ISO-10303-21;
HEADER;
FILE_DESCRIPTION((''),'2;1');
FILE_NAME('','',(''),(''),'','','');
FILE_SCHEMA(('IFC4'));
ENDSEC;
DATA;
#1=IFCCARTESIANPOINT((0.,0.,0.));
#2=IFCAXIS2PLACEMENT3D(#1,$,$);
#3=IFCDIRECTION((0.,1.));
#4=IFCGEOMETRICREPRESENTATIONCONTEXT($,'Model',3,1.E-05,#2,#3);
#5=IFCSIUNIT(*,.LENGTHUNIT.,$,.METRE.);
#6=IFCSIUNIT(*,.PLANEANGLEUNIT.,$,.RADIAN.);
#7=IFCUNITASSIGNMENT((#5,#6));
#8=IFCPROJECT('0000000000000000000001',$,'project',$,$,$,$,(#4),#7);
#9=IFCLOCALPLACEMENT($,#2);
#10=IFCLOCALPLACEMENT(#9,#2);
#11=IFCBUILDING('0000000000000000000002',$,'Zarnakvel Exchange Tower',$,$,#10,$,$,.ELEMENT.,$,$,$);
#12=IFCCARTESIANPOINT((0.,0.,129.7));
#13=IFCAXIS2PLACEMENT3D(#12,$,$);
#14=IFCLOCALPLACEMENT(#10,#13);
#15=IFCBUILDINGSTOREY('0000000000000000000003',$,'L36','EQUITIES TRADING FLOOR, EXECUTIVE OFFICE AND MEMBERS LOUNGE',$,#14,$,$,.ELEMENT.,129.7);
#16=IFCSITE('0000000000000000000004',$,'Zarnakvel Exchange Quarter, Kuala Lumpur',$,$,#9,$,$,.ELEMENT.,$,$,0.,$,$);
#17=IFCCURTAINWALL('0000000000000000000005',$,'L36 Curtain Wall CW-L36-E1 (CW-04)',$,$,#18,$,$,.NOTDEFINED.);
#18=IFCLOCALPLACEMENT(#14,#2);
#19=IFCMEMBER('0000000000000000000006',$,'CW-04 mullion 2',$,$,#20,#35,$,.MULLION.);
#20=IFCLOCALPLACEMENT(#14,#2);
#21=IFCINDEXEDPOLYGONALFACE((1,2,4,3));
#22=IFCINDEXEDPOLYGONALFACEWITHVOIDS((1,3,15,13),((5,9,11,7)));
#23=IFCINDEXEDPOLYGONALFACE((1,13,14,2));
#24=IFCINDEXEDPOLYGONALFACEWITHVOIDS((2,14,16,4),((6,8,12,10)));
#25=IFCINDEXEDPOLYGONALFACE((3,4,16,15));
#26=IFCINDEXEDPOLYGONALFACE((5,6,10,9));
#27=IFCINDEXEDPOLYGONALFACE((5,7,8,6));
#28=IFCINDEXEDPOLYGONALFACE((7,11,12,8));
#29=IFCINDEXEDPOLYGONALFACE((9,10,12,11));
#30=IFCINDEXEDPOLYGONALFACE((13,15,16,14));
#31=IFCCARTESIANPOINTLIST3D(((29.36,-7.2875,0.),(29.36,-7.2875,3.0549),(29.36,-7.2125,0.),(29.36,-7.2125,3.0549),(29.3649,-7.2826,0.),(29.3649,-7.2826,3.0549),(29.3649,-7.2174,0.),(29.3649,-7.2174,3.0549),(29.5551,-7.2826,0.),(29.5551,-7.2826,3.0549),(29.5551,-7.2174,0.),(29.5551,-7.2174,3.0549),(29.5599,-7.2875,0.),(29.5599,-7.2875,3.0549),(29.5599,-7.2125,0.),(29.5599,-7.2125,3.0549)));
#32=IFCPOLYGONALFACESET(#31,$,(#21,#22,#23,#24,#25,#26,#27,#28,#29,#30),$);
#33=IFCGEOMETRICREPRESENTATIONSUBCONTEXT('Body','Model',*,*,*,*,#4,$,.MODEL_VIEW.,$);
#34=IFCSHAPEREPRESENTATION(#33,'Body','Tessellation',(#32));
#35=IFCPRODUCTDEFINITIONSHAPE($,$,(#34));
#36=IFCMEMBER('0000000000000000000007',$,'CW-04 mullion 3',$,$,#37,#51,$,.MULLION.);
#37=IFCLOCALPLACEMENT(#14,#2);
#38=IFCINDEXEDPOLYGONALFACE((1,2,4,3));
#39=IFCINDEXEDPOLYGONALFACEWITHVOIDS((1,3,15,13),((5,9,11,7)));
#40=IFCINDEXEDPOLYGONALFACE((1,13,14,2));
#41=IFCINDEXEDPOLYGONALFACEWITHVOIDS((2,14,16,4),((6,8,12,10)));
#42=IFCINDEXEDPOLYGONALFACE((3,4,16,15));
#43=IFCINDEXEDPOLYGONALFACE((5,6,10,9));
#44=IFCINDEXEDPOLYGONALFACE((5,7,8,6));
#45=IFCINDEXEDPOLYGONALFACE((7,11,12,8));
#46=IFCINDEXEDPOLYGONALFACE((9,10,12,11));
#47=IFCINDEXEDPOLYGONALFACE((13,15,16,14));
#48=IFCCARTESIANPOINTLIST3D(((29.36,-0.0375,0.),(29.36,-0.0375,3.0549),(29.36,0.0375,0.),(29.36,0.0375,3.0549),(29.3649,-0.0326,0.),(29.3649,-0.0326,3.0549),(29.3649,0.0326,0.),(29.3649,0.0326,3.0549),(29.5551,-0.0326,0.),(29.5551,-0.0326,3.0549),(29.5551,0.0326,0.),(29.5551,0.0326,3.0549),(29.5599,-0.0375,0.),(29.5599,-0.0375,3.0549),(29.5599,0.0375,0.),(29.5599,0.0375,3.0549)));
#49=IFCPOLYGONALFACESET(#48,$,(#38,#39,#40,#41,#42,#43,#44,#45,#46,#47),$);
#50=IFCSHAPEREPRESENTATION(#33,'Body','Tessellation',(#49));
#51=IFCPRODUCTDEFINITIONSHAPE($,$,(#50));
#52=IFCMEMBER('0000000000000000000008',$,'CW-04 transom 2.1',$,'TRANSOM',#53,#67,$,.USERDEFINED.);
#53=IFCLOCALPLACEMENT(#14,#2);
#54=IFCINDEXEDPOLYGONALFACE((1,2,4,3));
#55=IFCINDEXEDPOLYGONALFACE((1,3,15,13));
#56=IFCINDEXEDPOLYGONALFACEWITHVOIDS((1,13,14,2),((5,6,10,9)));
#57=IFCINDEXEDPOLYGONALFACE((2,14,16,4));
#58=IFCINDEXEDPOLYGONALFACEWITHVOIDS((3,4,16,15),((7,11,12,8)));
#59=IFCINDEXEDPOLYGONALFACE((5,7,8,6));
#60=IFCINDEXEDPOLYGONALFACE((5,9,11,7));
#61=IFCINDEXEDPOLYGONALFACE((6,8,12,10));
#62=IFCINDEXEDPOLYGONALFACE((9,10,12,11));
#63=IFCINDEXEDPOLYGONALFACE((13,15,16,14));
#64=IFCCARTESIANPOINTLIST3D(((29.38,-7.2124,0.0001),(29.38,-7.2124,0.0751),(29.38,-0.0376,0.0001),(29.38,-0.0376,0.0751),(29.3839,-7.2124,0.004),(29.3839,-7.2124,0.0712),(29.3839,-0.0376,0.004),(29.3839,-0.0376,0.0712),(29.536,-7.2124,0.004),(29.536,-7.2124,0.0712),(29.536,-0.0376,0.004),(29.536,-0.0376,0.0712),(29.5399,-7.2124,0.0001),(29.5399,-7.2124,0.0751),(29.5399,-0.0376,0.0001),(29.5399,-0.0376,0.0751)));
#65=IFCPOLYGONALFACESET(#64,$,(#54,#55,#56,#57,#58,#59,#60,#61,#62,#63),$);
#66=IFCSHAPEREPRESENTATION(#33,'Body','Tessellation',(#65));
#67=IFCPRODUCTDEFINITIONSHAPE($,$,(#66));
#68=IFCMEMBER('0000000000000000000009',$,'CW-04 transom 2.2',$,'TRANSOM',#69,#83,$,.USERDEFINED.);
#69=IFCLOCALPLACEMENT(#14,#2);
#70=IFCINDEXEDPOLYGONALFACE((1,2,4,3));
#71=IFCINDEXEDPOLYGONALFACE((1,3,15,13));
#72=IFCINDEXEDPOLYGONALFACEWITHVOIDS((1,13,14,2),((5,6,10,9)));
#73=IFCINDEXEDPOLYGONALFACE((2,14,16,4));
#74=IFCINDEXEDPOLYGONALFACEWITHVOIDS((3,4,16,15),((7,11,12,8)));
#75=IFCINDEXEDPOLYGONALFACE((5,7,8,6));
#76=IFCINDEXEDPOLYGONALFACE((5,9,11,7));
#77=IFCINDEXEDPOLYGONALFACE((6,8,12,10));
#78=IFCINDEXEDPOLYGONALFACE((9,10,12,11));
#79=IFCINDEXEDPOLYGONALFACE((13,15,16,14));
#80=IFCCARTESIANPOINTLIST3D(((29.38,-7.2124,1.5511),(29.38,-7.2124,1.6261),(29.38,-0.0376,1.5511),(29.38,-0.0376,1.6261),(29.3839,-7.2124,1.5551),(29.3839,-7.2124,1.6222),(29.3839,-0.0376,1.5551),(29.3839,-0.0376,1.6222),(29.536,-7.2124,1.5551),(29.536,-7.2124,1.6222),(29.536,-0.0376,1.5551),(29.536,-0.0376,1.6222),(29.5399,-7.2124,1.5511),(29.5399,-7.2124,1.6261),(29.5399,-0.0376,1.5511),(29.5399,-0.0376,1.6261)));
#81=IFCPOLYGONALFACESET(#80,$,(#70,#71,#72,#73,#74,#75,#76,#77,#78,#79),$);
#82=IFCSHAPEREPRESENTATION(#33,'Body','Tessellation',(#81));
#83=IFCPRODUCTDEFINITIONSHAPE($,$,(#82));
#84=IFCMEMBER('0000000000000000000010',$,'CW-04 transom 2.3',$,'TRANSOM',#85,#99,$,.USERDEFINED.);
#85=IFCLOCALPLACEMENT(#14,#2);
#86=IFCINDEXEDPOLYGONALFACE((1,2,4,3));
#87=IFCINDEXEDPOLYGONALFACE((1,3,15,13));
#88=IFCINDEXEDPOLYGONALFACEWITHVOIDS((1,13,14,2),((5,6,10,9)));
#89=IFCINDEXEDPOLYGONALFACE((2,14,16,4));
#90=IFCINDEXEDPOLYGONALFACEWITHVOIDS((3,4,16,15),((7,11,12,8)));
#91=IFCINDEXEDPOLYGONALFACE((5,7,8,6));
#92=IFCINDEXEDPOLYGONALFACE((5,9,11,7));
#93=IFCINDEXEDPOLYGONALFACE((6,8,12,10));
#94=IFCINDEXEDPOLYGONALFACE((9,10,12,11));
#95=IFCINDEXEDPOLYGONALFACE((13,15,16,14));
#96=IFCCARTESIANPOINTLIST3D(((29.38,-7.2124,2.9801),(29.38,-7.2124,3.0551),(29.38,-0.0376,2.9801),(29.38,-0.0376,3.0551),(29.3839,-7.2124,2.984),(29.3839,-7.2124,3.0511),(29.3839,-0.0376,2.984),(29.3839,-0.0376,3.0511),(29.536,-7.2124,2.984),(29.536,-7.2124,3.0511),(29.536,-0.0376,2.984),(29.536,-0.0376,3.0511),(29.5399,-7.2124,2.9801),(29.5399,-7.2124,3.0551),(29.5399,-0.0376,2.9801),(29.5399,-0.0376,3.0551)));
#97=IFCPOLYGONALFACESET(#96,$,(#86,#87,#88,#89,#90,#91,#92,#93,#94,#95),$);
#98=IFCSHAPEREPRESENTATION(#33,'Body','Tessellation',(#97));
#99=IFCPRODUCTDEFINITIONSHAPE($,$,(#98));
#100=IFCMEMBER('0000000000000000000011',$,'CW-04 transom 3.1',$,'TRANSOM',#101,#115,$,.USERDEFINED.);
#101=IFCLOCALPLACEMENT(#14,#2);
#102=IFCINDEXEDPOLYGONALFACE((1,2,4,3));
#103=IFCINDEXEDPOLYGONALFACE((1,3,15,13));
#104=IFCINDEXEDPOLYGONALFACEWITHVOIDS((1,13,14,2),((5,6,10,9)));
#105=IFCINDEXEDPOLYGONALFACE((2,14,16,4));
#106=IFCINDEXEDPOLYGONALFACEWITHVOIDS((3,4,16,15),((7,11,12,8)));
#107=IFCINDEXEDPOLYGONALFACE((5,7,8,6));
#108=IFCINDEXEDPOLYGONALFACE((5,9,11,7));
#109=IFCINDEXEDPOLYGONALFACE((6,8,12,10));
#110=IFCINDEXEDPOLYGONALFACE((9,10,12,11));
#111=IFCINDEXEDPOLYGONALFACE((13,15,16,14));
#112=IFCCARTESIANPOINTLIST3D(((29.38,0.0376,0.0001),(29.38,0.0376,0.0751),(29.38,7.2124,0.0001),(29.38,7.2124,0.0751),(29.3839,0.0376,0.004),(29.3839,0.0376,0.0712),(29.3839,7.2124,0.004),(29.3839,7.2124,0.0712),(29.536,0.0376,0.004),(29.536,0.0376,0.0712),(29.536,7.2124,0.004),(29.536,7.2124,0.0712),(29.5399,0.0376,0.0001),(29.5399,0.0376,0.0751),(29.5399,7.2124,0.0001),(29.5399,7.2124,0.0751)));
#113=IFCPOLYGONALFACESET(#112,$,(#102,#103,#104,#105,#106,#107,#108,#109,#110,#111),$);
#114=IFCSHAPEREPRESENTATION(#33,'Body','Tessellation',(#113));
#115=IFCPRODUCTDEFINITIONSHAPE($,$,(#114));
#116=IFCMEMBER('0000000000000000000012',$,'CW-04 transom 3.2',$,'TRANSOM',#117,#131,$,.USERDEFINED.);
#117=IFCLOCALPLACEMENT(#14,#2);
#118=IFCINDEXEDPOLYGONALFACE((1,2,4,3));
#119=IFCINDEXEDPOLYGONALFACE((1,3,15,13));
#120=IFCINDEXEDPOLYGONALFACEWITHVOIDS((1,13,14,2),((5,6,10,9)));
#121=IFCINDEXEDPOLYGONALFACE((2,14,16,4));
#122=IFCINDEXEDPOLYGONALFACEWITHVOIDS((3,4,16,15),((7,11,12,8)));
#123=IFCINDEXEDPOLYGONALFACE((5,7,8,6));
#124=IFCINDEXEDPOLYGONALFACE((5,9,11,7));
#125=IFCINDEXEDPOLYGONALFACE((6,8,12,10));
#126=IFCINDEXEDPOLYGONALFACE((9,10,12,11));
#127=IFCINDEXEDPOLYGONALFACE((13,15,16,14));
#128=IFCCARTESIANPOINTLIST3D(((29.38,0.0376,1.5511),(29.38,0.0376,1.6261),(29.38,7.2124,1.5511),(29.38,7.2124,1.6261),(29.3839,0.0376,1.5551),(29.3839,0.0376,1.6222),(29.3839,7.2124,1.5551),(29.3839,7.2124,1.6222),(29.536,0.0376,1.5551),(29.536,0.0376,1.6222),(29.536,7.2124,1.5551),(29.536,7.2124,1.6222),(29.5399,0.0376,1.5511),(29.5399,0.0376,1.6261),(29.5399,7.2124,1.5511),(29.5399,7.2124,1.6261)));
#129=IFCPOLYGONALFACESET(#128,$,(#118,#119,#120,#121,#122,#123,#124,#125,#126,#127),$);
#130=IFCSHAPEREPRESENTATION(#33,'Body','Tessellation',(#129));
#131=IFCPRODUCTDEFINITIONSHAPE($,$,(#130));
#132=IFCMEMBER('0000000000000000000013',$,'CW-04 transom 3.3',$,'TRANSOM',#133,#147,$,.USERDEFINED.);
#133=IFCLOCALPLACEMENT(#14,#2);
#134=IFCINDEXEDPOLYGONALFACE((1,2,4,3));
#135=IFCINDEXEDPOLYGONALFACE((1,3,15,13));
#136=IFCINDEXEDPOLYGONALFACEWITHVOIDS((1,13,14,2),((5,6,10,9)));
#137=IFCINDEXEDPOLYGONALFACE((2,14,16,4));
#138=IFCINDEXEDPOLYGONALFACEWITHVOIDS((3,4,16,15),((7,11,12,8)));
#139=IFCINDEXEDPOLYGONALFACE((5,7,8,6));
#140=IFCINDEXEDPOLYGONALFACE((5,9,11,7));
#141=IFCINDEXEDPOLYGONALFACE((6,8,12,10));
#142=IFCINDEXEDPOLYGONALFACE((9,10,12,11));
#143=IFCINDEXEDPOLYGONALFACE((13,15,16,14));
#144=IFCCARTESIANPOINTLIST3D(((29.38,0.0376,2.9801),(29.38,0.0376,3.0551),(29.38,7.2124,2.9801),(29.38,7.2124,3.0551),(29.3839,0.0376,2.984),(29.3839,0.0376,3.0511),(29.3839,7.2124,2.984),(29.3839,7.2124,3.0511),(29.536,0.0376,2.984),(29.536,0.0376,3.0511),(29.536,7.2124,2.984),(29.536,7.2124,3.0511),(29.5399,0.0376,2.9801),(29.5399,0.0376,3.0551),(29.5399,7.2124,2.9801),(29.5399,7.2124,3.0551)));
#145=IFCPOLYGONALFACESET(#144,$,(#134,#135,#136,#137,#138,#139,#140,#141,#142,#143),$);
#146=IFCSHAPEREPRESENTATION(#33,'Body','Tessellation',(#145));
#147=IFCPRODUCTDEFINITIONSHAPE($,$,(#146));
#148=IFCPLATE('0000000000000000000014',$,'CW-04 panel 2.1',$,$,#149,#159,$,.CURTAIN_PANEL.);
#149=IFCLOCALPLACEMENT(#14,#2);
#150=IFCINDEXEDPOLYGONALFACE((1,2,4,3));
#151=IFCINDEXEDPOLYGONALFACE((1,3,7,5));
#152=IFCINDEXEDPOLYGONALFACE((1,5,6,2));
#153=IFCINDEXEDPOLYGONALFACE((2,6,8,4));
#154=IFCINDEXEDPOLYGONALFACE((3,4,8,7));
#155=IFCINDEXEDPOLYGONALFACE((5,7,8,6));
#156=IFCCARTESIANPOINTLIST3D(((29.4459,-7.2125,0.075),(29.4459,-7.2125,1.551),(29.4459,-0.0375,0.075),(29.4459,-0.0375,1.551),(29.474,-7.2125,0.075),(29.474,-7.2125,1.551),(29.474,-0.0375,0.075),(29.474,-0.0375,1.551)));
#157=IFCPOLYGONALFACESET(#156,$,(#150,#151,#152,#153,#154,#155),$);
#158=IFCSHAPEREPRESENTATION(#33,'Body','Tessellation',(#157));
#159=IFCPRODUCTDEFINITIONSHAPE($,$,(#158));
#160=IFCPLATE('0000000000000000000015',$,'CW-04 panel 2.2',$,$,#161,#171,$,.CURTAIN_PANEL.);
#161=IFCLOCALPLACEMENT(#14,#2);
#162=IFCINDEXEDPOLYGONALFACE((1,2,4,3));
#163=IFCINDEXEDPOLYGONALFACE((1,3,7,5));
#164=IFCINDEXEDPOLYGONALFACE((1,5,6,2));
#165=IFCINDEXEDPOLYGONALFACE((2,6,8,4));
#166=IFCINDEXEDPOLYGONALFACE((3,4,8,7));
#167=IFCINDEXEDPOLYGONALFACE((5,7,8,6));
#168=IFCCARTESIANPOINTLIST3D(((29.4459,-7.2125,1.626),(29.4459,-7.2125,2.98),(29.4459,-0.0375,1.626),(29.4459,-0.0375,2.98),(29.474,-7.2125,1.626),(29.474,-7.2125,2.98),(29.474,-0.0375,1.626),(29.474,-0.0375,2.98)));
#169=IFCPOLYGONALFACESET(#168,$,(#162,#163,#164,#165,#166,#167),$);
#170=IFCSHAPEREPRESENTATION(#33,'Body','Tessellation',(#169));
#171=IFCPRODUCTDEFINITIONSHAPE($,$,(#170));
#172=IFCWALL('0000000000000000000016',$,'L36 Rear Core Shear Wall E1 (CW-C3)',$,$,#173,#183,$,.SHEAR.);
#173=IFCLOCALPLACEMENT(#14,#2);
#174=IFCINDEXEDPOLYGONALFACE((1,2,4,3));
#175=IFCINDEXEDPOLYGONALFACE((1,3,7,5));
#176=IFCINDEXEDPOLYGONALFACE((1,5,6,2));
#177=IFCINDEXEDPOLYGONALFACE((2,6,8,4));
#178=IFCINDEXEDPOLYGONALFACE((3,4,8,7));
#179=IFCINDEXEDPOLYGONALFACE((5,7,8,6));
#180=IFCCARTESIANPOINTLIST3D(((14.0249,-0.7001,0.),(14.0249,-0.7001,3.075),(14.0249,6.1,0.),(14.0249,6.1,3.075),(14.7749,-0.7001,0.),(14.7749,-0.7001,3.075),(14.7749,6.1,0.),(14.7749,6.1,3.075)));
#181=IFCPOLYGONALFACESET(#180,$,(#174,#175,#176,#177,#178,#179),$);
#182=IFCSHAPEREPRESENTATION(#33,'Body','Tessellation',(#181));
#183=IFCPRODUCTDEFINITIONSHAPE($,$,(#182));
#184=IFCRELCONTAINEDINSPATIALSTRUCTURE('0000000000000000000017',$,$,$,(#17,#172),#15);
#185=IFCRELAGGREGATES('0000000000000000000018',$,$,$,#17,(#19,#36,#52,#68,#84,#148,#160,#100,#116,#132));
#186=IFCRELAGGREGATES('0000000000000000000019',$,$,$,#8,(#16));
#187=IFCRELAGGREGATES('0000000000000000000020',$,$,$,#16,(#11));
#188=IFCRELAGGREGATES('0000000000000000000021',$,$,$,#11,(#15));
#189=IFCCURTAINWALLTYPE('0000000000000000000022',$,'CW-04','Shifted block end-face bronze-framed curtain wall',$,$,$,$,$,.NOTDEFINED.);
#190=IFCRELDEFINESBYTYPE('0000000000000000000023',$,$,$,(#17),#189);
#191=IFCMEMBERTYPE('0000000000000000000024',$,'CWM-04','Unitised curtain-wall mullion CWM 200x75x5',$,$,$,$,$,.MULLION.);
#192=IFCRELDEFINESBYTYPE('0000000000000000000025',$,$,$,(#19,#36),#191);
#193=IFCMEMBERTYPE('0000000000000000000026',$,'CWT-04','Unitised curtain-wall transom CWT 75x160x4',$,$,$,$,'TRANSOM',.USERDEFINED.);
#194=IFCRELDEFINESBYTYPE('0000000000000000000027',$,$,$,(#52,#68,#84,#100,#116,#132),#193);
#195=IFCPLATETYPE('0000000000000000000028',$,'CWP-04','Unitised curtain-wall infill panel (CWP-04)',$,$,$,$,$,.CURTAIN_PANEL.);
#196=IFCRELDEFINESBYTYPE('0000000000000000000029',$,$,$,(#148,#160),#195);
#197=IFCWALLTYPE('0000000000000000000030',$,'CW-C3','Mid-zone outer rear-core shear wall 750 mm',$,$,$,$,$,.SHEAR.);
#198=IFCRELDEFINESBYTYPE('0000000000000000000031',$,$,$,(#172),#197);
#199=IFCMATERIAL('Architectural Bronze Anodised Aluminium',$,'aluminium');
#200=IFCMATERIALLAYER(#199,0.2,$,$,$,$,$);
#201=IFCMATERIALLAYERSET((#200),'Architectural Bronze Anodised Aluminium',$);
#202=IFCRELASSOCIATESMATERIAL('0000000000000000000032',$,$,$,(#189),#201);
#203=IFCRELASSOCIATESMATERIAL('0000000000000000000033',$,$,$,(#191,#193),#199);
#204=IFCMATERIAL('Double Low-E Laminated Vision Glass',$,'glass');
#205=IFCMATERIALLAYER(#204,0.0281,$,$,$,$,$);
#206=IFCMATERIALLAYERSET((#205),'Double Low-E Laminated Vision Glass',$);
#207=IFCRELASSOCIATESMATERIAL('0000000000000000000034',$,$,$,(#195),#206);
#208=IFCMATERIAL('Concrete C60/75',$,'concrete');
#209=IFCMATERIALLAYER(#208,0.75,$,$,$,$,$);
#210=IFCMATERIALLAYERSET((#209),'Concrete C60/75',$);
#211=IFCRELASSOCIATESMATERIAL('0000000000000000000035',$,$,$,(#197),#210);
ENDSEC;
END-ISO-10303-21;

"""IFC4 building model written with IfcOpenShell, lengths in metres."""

from ifc_helpers import new_model, si_unit, direction, frame, frame_2d, origin, origin_2d, place, context, subcontext, project, spatial, rectangle, hollow_rectangle, extrude, source, transform, mapped, material, layer, layer_set, material_profile, profile_set, type_object, element, aggregate, save


model = new_model("IFC4")

# Units and contexts
model_context = context("Model", 3, precision=1e-05, world=origin(), true_north=direction((0.0, 1.0)))
body_context = subcontext(model_context, "Body", "Model", "MODEL_VIEW")
ifc_project = project(units=[si_unit("LENGTHUNIT", "METRE"), si_unit("PLANEANGLEUNIT", "RADIAN")], contexts=[model_context])

# Site, building, storey
site_placement = place(None, origin())
site = spatial("IfcSite", under=ifc_project, at=site_placement, Name="Zarnakvel Exchange Quarter, Kuala Lumpur", CompositionType="ELEMENT", RefElevation=0.0)
building_placement = place(site_placement, origin())
building = spatial("IfcBuilding", under=site, at=building_placement, Name="Zarnakvel Exchange Tower", CompositionType="ELEMENT")
storey_placement = place(building_placement, frame((0.0, 0.0, 129.7)))
storey = spatial("IfcBuildingStorey", under=building, at=storey_placement, Name="L36", Description="EQUITIES TRADING FLOOR, EXECUTIVE OFFICE AND MEMBERS LOUNGE", CompositionType="ELEMENT", Elevation=129.7)

# Shared definitions
ifc_material_1 = material(Name="Concrete C60/75", Category="concrete")

# Curtain wall, members, plates
ifc_material_2 = material(Name="Architectural Bronze Anodised Aluminium", Category="aluminium")
ifc_layer_1 = layer(ifc_material_2, 0.2)
ifc_layer_set_1 = layer_set([ifc_layer_1], Name="Architectural Bronze Anodised Aluminium")
curtain_wall_type = type_object("IfcCurtainWallType", Name="CW-04", Description="Shifted block end-face bronze-framed curtain wall", PredefinedType="NOTDEFINED", material=ifc_layer_set_1)
curtain_wall_placement = place(storey_placement, origin())
curtain_wall = element("IfcCurtainWall", 1, at=curtain_wall_placement, inside=storey, type_object=curtain_wall_type, Name="L36 Curtain Wall CW-L36-E1 (CW-04)", PredefinedType="NOTDEFINED")
ifc_material_profile_1 = material_profile(ifc_material_2, hollow_rectangle(XDim=0.2, YDim=0.075, WallThickness=0.0049, at=origin_2d()))
ifc_profile_set_1 = profile_set([ifc_material_profile_1], Name="Architectural Bronze Anodised Aluminium")
member_type_1 = type_object("IfcMemberType", Name="CWM-04", Description="Unitised curtain-wall mullion CWM 200x75x5", PredefinedType="MULLION", material=ifc_profile_set_1)
shared_shape_1 = source(origin(), body_context, "Body", "SweptSolid", [
    extrude(hollow_rectangle(XDim=0.2, YDim=0.075, WallThickness=0.0049, at=origin_2d()), origin(), (0.0, 0.0, 1.0), 3.0549),
])
member_1_placement = place(storey_placement, frame((29.46, -7.25, 0.0), z_axis=(0.0, 0.0, 1.0), x_axis=(-1.0, 0.0, 0.0)))
member_1 = element("IfcMember", 2, at=member_1_placement, type_object=member_type_1, Name="CW-04 mullion 2", PredefinedType="MULLION", context=body_context, shape_type="MappedRepresentation", body=[
    mapped(shared_shape_1, transform((0.0, 0.0, 0.0), x_axis=(1.0, 0.0, 0.0), y_axis=(0.0, 1.0, 0.0), z_axis=(0.0, 0.0, 1.0), scale=1.0)),
])
member_2_placement = place(storey_placement, frame((29.46, 0.0, 0.0), z_axis=(0.0, 0.0, 1.0), x_axis=(-1.0, 0.0, 0.0)))
member_2 = element("IfcMember", 3, at=member_2_placement, type_object=member_type_1, Name="CW-04 mullion 3", PredefinedType="MULLION", context=body_context, shape_type="MappedRepresentation", body=[
    mapped(shared_shape_1, transform((0.0, 0.0, 0.0), x_axis=(1.0, 0.0, 0.0), y_axis=(0.0, 1.0, 0.0), z_axis=(0.0, 0.0, 1.0), scale=1.0)),
])
ifc_material_profile_2 = material_profile(ifc_material_2, hollow_rectangle(XDim=0.1599, YDim=0.075, WallThickness=0.0039, at=origin_2d()))
ifc_profile_set_2 = profile_set([ifc_material_profile_2], Name="Architectural Bronze Anodised Aluminium")
member_type_2 = type_object("IfcMemberType", Name="CWT-04", Description="Unitised curtain-wall transom CWT 75x160x4", ElementType="TRANSOM", PredefinedType="USERDEFINED", material=ifc_profile_set_2)
shared_shape_2 = source(origin(), body_context, "Body", "SweptSolid", [
    extrude(hollow_rectangle(XDim=0.1599, YDim=0.075, WallThickness=0.0039, at=origin_2d()), origin(), (0.0, 0.0, 1.0), 7.1748),
])
member_3_placement = place(storey_placement, frame((29.46, -7.2124, 0.0376), z_axis=(0.0, 1.0, 0.0), x_axis=(-1.0, 0.0, 0.0)))
member_3 = element("IfcMember", 4, at=member_3_placement, type_object=member_type_2, Name="CW-04 transom 2.1", ObjectType="TRANSOM", PredefinedType="USERDEFINED", context=body_context, shape_type="MappedRepresentation", body=[
    mapped(shared_shape_2, transform((0.0, 0.0, 0.0), x_axis=(1.0, 0.0, 0.0), y_axis=(0.0, 1.0, 0.0), z_axis=(0.0, 0.0, 1.0), scale=1.0)),
])
member_4_placement = place(storey_placement, frame((29.46, -7.2124, 1.5886), z_axis=(0.0, 1.0, 0.0), x_axis=(-1.0, 0.0, 0.0)))
member_4 = element("IfcMember", 5, at=member_4_placement, type_object=member_type_2, Name="CW-04 transom 2.2", ObjectType="TRANSOM", PredefinedType="USERDEFINED", context=body_context, shape_type="MappedRepresentation", body=[
    mapped(shared_shape_2, transform((0.0, 0.0, 0.0), x_axis=(1.0, 0.0, 0.0), y_axis=(0.0, 1.0, 0.0), z_axis=(0.0, 0.0, 1.0), scale=1.0)),
])
member_5_placement = place(storey_placement, frame((29.46, -7.2124, 3.0176), z_axis=(0.0, 1.0, 0.0), x_axis=(-1.0, 0.0, 0.0)))
member_5 = element("IfcMember", 6, at=member_5_placement, type_object=member_type_2, Name="CW-04 transom 2.3", ObjectType="TRANSOM", PredefinedType="USERDEFINED", context=body_context, shape_type="MappedRepresentation", body=[
    mapped(shared_shape_2, transform((0.0, 0.0, 0.0), x_axis=(1.0, 0.0, 0.0), y_axis=(0.0, 1.0, 0.0), z_axis=(0.0, 0.0, 1.0), scale=1.0)),
])
member_6_placement = place(storey_placement, frame((29.46, 0.0376, 0.0376), z_axis=(0.0, 1.0, 0.0), x_axis=(-1.0, 0.0, 0.0)))
member_6 = element("IfcMember", 7, at=member_6_placement, type_object=member_type_2, Name="CW-04 transom 3.1", ObjectType="TRANSOM", PredefinedType="USERDEFINED", context=body_context, shape_type="MappedRepresentation", body=[
    mapped(shared_shape_2, transform((0.0, 0.0, 0.0), x_axis=(1.0, 0.0, 0.0), y_axis=(0.0, 1.0, 0.0), z_axis=(0.0, 0.0, 1.0), scale=1.0)),
])
member_7_placement = place(storey_placement, frame((29.46, 0.0376, 1.5886), z_axis=(0.0, 1.0, 0.0), x_axis=(-1.0, 0.0, 0.0)))
member_7 = element("IfcMember", 8, at=member_7_placement, type_object=member_type_2, Name="CW-04 transom 3.2", ObjectType="TRANSOM", PredefinedType="USERDEFINED", context=body_context, shape_type="MappedRepresentation", body=[
    mapped(shared_shape_2, transform((0.0, 0.0, 0.0), x_axis=(1.0, 0.0, 0.0), y_axis=(0.0, 1.0, 0.0), z_axis=(0.0, 0.0, 1.0), scale=1.0)),
])
member_8_placement = place(storey_placement, frame((29.46, 0.0376, 3.0176), z_axis=(0.0, 1.0, 0.0), x_axis=(-1.0, 0.0, 0.0)))
member_8 = element("IfcMember", 9, at=member_8_placement, type_object=member_type_2, Name="CW-04 transom 3.3", ObjectType="TRANSOM", PredefinedType="USERDEFINED", context=body_context, shape_type="MappedRepresentation", body=[
    mapped(shared_shape_2, transform((0.0, 0.0, 0.0), x_axis=(1.0, 0.0, 0.0), y_axis=(0.0, 1.0, 0.0), z_axis=(0.0, 0.0, 1.0), scale=1.0)),
])
ifc_material_3 = material(Name="Double Low-E Laminated Vision Glass", Category="glass")
ifc_layer_2 = layer(ifc_material_3, 0.0281)
ifc_layer_set_2 = layer_set([ifc_layer_2], Name="Double Low-E Laminated Vision Glass")
plate_type = type_object("IfcPlateType", Name="CWP-04", Description="Unitised curtain-wall infill panel (CWP-04)", PredefinedType="CURTAIN_PANEL", material=ifc_layer_set_2)
shared_shape_3 = source(origin(), body_context, "Body", "SweptSolid", [
    extrude(rectangle(XDim=7.175, YDim=0.0281, at=origin_2d()), origin(), (0.0, 0.0, 1.0), 1.4761),
])
plate_1_placement = place(storey_placement, frame((29.46, -3.625, 0.075), z_axis=(0.0, 0.0, 1.0), x_axis=(0.0, 1.0, 0.0)))
plate_1 = element("IfcPlate", 10, at=plate_1_placement, type_object=plate_type, Name="CW-04 panel 2.1", PredefinedType="CURTAIN_PANEL", context=body_context, shape_type="MappedRepresentation", body=[
    mapped(shared_shape_3, transform((0.0, 0.0, 0.0), x_axis=(1.0, 0.0, 0.0), y_axis=(0.0, 1.0, 0.0), z_axis=(0.0, 0.0, 1.0), scale=1.0)),
])
shared_shape_4 = source(origin(), body_context, "Body", "SweptSolid", [
    extrude(rectangle(XDim=7.175, YDim=0.0281, at=origin_2d()), origin(), (0.0, 0.0, 1.0), 1.354),
])
plate_2_placement = place(storey_placement, frame((29.46, -3.625, 1.626), z_axis=(0.0, 0.0, 1.0), x_axis=(0.0, 1.0, 0.0)))
plate_2 = element("IfcPlate", 11, at=plate_2_placement, type_object=plate_type, Name="CW-04 panel 2.2", PredefinedType="CURTAIN_PANEL", context=body_context, shape_type="MappedRepresentation", body=[
    mapped(shared_shape_4, transform((0.0, 0.0, 0.0), x_axis=(1.0, 0.0, 0.0), y_axis=(0.0, 1.0, 0.0), z_axis=(0.0, 0.0, 1.0), scale=1.0)),
])
aggregate(curtain_wall, [member_1, member_2, member_3, member_4, member_5, plate_1, plate_2, member_6, member_7, member_8])

# Wall
ifc_layer_3 = layer(ifc_material_1, 0.75)
ifc_layer_set_3 = layer_set([ifc_layer_3], Name="Concrete C60/75")
wall_type_1 = type_object("IfcWallType", Name="CW-C3", Description="Mid-zone outer rear-core shear wall 750 mm", PredefinedType="SHEAR", material=ifc_layer_set_3)
wall_1_placement = place(storey_placement, frame((14.3999, -0.7, 0.0), z_axis=(0.0, 0.0, 1.0), x_axis=(0.0, 1.0, 0.0)))
element("IfcWall", 12, at=wall_1_placement, inside=storey, type_object=wall_type_1, Name="L36 Rear Core Shear Wall E1 (CW-C3)", PredefinedType="SHEAR", context=body_context, shape_type="SweptSolid", body=[
    extrude(rectangle(XDim=6.8, YDim=0.75, at=frame_2d((3.3999, 0.0))), origin(), (0.0, 0.0, 1.0), 3.075),
])

save(model, "model.ifc")
